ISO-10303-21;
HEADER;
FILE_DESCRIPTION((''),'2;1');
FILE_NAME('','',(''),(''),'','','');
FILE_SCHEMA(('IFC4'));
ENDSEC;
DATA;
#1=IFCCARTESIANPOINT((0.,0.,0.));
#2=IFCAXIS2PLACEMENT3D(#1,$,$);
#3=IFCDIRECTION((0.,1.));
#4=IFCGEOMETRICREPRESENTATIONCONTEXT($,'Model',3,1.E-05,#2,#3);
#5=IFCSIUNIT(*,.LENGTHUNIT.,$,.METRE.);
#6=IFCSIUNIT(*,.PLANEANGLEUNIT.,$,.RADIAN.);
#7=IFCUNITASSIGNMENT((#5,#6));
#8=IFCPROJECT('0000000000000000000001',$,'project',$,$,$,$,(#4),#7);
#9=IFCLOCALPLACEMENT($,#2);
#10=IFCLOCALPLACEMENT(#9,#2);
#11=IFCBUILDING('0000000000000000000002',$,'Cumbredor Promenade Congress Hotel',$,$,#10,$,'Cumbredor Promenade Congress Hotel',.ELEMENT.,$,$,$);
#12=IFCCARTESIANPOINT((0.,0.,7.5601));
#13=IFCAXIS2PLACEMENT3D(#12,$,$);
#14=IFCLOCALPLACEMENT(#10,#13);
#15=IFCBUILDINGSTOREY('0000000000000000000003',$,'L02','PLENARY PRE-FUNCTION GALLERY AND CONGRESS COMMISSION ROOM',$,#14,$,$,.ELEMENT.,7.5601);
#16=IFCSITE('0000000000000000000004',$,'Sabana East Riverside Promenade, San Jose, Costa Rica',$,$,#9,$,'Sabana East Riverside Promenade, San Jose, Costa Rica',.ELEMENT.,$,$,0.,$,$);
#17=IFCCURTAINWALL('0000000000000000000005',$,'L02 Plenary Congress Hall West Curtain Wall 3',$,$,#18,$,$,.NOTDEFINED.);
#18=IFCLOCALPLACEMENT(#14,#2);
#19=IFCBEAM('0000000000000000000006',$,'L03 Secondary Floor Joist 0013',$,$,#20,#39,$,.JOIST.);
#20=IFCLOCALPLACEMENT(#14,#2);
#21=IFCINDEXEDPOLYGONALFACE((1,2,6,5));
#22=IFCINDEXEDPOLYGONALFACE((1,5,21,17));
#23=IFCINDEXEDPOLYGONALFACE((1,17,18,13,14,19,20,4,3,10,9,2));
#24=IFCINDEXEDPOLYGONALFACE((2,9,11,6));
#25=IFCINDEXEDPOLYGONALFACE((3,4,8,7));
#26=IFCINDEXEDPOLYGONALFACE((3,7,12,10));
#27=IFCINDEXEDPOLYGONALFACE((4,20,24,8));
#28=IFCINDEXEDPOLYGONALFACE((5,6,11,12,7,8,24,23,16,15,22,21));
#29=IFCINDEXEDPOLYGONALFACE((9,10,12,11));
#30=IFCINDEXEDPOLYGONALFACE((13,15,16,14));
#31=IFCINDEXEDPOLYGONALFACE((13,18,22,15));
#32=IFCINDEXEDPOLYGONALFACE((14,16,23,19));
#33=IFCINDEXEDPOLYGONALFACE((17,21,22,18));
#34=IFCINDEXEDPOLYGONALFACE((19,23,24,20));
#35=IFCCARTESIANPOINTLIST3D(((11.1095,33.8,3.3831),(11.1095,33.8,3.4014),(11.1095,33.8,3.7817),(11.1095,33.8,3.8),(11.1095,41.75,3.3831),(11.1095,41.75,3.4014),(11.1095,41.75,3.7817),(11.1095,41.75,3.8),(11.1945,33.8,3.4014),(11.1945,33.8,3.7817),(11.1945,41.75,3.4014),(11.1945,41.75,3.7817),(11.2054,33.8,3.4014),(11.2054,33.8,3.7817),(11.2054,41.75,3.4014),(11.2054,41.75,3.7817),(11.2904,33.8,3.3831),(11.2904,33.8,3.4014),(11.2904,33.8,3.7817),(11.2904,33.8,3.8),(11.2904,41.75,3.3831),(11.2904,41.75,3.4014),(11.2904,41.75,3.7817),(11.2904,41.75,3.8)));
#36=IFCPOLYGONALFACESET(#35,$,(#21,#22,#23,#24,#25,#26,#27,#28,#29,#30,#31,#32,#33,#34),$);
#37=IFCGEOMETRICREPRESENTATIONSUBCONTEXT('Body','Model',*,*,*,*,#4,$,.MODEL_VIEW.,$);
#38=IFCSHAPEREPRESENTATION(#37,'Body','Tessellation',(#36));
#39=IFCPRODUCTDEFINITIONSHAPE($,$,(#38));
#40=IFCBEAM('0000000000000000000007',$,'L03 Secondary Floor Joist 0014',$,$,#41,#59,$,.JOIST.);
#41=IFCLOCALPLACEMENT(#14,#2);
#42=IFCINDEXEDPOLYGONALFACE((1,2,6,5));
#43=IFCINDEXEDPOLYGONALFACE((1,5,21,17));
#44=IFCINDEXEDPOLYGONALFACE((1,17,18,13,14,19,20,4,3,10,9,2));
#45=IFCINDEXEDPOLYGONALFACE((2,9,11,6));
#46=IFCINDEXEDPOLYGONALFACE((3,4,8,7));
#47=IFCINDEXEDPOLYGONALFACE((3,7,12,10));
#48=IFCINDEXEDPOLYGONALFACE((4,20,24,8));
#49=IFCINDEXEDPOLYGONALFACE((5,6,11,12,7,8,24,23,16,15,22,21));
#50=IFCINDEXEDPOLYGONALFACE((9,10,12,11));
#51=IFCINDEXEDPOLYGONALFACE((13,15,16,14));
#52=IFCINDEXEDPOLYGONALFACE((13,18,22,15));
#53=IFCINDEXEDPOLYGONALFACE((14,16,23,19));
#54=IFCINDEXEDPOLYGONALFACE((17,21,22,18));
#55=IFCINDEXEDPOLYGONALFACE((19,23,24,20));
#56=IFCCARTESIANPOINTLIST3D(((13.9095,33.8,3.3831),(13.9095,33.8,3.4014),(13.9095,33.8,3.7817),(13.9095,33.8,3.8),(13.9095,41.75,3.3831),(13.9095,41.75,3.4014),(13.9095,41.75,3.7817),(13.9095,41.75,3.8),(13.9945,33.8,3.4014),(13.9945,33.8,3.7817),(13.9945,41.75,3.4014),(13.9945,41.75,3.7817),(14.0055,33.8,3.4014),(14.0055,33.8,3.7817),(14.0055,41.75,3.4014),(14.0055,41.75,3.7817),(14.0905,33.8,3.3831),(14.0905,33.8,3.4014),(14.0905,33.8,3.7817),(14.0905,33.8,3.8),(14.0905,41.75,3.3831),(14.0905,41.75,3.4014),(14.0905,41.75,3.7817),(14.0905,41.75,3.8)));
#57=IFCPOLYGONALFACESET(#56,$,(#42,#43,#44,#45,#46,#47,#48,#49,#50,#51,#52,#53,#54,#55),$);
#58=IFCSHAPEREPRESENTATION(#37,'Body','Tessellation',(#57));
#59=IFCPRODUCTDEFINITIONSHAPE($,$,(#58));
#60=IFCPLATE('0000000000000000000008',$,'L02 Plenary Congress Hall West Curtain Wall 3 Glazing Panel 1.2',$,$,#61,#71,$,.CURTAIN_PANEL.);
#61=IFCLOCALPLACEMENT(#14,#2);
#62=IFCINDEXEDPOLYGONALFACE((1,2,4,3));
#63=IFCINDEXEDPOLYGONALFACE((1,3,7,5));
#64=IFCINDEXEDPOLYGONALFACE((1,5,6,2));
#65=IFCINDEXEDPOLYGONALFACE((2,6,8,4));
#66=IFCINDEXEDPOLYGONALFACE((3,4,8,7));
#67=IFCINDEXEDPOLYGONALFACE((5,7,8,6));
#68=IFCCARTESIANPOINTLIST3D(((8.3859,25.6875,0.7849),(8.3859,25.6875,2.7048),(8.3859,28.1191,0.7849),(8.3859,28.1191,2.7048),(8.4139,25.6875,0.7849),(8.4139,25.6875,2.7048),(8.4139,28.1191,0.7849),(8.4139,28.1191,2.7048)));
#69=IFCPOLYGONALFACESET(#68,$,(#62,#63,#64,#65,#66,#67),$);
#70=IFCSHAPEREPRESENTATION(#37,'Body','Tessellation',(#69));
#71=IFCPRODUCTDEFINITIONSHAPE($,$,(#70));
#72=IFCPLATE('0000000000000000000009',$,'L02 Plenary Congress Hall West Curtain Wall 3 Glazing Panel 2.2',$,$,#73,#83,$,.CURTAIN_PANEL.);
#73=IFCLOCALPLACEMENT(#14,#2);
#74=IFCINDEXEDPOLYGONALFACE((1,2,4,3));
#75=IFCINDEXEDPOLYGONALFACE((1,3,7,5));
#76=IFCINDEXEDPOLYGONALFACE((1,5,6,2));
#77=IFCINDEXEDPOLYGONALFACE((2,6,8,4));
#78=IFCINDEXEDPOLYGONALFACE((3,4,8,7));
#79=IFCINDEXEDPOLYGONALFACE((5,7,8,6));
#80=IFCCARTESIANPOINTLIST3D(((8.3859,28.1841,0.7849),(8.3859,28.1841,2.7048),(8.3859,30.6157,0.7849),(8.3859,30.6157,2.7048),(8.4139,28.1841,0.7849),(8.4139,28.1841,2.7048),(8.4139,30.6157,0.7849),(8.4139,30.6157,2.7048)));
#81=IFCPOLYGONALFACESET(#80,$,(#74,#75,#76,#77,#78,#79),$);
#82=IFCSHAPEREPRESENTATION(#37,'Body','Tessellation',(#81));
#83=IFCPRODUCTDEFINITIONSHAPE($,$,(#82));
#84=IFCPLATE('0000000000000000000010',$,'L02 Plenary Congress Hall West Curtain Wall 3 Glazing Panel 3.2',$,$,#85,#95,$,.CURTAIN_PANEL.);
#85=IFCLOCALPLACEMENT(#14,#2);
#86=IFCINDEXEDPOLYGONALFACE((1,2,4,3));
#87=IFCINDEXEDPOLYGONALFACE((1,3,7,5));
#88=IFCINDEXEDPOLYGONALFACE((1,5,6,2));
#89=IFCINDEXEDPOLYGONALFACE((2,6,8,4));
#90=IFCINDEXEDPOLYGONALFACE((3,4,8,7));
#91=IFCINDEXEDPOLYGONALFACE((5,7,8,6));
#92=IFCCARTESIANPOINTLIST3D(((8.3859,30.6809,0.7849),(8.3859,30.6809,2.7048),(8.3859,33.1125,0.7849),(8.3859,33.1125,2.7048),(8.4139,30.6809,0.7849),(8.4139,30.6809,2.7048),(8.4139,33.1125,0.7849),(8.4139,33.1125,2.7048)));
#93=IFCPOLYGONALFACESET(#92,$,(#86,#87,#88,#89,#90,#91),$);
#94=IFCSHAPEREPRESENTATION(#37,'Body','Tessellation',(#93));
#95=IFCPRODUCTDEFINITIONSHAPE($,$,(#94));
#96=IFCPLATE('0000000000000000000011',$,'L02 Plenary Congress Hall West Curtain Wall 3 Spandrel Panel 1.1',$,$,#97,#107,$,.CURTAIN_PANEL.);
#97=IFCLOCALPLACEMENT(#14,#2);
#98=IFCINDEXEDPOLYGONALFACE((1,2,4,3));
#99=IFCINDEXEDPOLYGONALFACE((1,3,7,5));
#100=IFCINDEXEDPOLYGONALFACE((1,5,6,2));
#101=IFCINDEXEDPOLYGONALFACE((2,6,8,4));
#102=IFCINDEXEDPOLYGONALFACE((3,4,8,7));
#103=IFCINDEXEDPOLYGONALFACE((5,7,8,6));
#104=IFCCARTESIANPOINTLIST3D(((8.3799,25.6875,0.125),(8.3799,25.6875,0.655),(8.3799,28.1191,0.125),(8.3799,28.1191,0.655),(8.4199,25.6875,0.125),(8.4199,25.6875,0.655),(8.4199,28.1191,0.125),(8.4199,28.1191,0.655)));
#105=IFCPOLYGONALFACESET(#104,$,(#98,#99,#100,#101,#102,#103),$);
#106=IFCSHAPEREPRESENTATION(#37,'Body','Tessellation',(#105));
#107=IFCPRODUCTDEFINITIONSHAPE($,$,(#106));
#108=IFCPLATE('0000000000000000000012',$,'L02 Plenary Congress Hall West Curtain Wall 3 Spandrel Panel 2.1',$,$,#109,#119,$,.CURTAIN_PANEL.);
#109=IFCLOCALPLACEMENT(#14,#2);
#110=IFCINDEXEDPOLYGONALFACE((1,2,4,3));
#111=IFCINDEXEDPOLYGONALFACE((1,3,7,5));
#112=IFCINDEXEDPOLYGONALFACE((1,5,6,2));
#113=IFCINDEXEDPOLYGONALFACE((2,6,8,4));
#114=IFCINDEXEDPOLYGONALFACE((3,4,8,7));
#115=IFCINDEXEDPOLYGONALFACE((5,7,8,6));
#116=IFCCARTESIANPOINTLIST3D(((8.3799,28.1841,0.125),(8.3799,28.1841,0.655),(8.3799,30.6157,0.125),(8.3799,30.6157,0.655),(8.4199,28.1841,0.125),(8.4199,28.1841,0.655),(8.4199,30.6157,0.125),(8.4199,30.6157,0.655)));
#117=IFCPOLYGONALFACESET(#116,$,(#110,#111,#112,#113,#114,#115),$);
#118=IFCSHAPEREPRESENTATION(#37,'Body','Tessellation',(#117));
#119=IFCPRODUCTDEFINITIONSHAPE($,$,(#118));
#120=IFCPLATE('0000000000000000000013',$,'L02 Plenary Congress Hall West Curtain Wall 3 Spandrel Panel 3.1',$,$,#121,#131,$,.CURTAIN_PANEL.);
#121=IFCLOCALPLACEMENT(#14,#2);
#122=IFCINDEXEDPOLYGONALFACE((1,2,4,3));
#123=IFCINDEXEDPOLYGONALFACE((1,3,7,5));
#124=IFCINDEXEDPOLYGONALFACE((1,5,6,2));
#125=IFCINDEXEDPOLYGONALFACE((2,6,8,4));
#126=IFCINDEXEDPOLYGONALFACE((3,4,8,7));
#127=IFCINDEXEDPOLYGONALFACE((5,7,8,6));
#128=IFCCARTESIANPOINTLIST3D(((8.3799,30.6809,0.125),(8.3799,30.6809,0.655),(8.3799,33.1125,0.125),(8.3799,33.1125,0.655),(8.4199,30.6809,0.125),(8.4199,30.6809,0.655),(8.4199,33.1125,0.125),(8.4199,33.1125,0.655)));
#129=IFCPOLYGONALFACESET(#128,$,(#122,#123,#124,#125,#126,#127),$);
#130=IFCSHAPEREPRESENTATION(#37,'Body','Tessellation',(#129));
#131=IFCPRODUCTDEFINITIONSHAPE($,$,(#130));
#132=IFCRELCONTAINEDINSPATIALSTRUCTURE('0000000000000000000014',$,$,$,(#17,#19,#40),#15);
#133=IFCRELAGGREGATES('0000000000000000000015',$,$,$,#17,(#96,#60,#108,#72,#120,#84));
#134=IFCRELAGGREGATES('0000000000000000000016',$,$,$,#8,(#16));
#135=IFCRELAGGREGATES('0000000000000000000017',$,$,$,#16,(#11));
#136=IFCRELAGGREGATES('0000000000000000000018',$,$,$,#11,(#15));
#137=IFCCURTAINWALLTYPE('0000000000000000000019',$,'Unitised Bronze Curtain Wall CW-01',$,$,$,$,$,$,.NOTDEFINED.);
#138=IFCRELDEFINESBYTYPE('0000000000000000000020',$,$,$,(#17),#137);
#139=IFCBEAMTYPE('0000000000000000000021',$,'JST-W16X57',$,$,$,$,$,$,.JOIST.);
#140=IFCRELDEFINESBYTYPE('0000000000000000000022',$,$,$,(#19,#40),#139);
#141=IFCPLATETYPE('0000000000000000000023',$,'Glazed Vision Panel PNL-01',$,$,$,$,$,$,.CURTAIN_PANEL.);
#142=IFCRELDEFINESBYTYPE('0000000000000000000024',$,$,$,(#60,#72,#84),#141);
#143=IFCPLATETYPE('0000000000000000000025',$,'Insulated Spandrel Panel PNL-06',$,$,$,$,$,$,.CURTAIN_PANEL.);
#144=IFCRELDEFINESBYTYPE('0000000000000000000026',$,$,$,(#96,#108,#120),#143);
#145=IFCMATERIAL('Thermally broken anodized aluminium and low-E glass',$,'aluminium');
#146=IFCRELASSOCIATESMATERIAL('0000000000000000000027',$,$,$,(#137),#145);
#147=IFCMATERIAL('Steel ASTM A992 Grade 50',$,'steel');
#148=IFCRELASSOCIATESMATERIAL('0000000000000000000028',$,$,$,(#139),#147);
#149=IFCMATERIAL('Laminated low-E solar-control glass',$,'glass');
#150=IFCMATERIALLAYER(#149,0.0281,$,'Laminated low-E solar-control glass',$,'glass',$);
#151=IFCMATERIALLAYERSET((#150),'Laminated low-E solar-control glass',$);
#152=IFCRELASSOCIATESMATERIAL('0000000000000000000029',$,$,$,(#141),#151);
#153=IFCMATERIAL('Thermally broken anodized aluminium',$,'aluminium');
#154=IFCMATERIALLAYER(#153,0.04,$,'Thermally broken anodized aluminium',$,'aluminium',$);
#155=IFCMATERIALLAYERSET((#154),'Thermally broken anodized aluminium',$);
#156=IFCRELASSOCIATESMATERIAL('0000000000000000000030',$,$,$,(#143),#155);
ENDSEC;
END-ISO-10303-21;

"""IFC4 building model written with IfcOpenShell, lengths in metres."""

from ifc_helpers import new_model, si_unit, direction, frame, origin, origin_2d, place, context, subcontext, project, spatial, rectangle, i_section, extrude, material, layer, layer_set, material_profile, profile_set, type_object, element, aggregate, save


model = new_model("IFC4")

# Units and contexts
model_context = context("Model", 3, precision=1e-05, world=origin(), true_north=direction((0.0, 1.0)))
body_context = subcontext(model_context, "Body", "Model", "MODEL_VIEW")
ifc_project = project(units=[si_unit("LENGTHUNIT", "METRE"), si_unit("PLANEANGLEUNIT", "RADIAN")], contexts=[model_context])

# Site, building, storey
site_placement = place(None, origin())
site = spatial("IfcSite", under=ifc_project, at=site_placement, Name="Sabana East Riverside Promenade, San Jose, Costa Rica", LongName="Sabana East Riverside Promenade, San Jose, Costa Rica", CompositionType="ELEMENT", RefElevation=0.0)
building_placement = place(site_placement, origin())
building = spatial("IfcBuilding", under=site, at=building_placement, Name="Cumbredor Promenade Congress Hotel", LongName="Cumbredor Promenade Congress Hotel", CompositionType="ELEMENT")
storey_placement = place(building_placement, frame((0.0, 0.0, 7.5601)))
storey = spatial("IfcBuildingStorey", under=building, at=storey_placement, Name="L02", Description="PLENARY PRE-FUNCTION GALLERY AND CONGRESS COMMISSION ROOM", CompositionType="ELEMENT", Elevation=7.5601)

# Curtain wall
ifc_material_1 = material(Name="Thermally broken anodized aluminium and low-E glass", Category="aluminium")
curtain_wall_type = type_object("IfcCurtainWallType", Name="Unitised Bronze Curtain Wall CW-01", PredefinedType="NOTDEFINED", material=ifc_material_1)
curtain_wall_1_placement = place(storey_placement, origin())
curtain_wall_1 = element("IfcCurtainWall", 1, at=curtain_wall_1_placement, inside=storey, type_object=curtain_wall_type, Name="L02 Plenary Congress Hall West Curtain Wall 3", PredefinedType="NOTDEFINED")
ifc_material_2 = material(Name="Thermally broken anodized aluminium", Category="aluminium")

# Beams
ifc_material_3 = material(Name="Steel ASTM A992 Grade 50", Category="steel")
ifc_material_profile_1 = material_profile(ifc_material_3, i_section(OverallWidth=0.1809, OverallDepth=0.417, WebThickness=0.011, FlangeThickness=0.0183, at=origin_2d()), Name="W16X57")
ifc_profile_set_1 = profile_set([ifc_material_profile_1], Name="Steel ASTM A992 Grade 50")
beam_type_1 = type_object("IfcBeamType", Name="JST-W16X57", PredefinedType="JOIST", material=ifc_profile_set_1)
for number, where, z_axis, x_axis, name in (
    (2, (11.2, 33.8, 3.5916), (0.0, 1.0, 0.0), (-1.0, 0.0, 0.0), "L03 Secondary Floor Joist 0013"),
    (3, (14.0, 33.8, 3.5916), (0.0, 1.0, 0.0), (-1.0, 0.0, 0.0), "L03 Secondary Floor Joist 0014"),
):
    element("IfcBeam", number, at=place(storey_placement, frame(where, z_axis=z_axis, x_axis=x_axis)), inside=storey, type_object=beam_type_1, Name=name, PredefinedType="JOIST", context=body_context, shape_type="SweptSolid", body=[
        extrude(i_section(OverallWidth=0.1809, OverallDepth=0.417, WebThickness=0.011, FlangeThickness=0.0183, at=origin_2d()), origin(), (0.0, 0.0, 1.0), 7.95),
    ])

# Plates
ifc_material_4 = material(Name="Laminated low-E solar-control glass", Category="glass")
ifc_layer_1 = layer(ifc_material_4, 0.0281, Name="Laminated low-E solar-control glass", Category="glass")
ifc_layer_set_1 = layer_set([ifc_layer_1], Name="Laminated low-E solar-control glass")
plate_type_1 = type_object("IfcPlateType", Name="Glazed Vision Panel PNL-01", PredefinedType="CURTAIN_PANEL", material=ifc_layer_set_1)
plate_1_placement = place(storey_placement, frame((8.3999, 26.9033, 0.7849), z_axis=(0.0, 0.0, 1.0), x_axis=(0.0, 1.0, 0.0)))
plate_1 = element("IfcPlate", 4, at=plate_1_placement, type_object=plate_type_1, Name="L02 Plenary Congress Hall West Curtain Wall 3 Glazing Panel 1.2", PredefinedType="CURTAIN_PANEL", context=body_context, shape_type="SweptSolid", body=[
    extrude(rectangle(XDim=2.4316, YDim=0.0281, at=origin_2d()), origin(), (0.0, 0.0, 1.0), 1.9199),
])
plate_2_placement = place(storey_placement, frame((8.3999, 29.3999, 0.7849), z_axis=(0.0, 0.0, 1.0), x_axis=(0.0, 1.0, 0.0)))
plate_2 = element("IfcPlate", 5, at=plate_2_placement, type_object=plate_type_1, Name="L02 Plenary Congress Hall West Curtain Wall 3 Glazing Panel 2.2", PredefinedType="CURTAIN_PANEL", context=body_context, shape_type="SweptSolid", body=[
    extrude(rectangle(XDim=2.4316, YDim=0.0281, at=origin_2d()), origin(), (0.0, 0.0, 1.0), 1.9199),
])
plate_3_placement = place(storey_placement, frame((8.3999, 31.8967, 0.7849), z_axis=(0.0, 0.0, 1.0), x_axis=(0.0, 1.0, 0.0)))
plate_3 = element("IfcPlate", 6, at=plate_3_placement, type_object=plate_type_1, Name="L02 Plenary Congress Hall West Curtain Wall 3 Glazing Panel 3.2", PredefinedType="CURTAIN_PANEL", context=body_context, shape_type="SweptSolid", body=[
    extrude(rectangle(XDim=2.4316, YDim=0.0281, at=origin_2d()), origin(), (0.0, 0.0, 1.0), 1.9199),
])
ifc_layer_2 = layer(ifc_material_2, 0.04, Name="Thermally broken anodized aluminium", Category="aluminium")
ifc_layer_set_2 = layer_set([ifc_layer_2], Name="Thermally broken anodized aluminium")
plate_type_2 = type_object("IfcPlateType", Name="Insulated Spandrel Panel PNL-06", PredefinedType="CURTAIN_PANEL", material=ifc_layer_set_2)
plate_4_placement = place(storey_placement, frame((8.3999, 26.9033, 0.125), z_axis=(0.0, 0.0, 1.0), x_axis=(0.0, 1.0, 0.0)))
plate_4 = element("IfcPlate", 7, at=plate_4_placement, type_object=plate_type_2, Name="L02 Plenary Congress Hall West Curtain Wall 3 Spandrel Panel 1.1", PredefinedType="CURTAIN_PANEL", context=body_context, shape_type="SweptSolid", body=[
    extrude(rectangle(XDim=2.4316, YDim=0.04, at=origin_2d()), origin(), (0.0, 0.0, 1.0), 0.53),
])
plate_5_placement = place(storey_placement, frame((8.3999, 29.3999, 0.125), z_axis=(0.0, 0.0, 1.0), x_axis=(0.0, 1.0, 0.0)))
plate_5 = element("IfcPlate", 8, at=plate_5_placement, type_object=plate_type_2, Name="L02 Plenary Congress Hall West Curtain Wall 3 Spandrel Panel 2.1", PredefinedType="CURTAIN_PANEL", context=body_context, shape_type="SweptSolid", body=[
    extrude(rectangle(XDim=2.4316, YDim=0.04, at=origin_2d()), origin(), (0.0, 0.0, 1.0), 0.53),
])
plate_6_placement = place(storey_placement, frame((8.3999, 31.8967, 0.125), z_axis=(0.0, 0.0, 1.0), x_axis=(0.0, 1.0, 0.0)))
plate_6 = element("IfcPlate", 9, at=plate_6_placement, type_object=plate_type_2, Name="L02 Plenary Congress Hall West Curtain Wall 3 Spandrel Panel 3.1", PredefinedType="CURTAIN_PANEL", context=body_context, shape_type="SweptSolid", body=[
    extrude(rectangle(XDim=2.4316, YDim=0.04, at=origin_2d()), origin(), (0.0, 0.0, 1.0), 0.53),
])
aggregate(curtain_wall_1, [plate_4, plate_1, plate_5, plate_2, plate_6, plate_3])

save(model, "model.ifc")
